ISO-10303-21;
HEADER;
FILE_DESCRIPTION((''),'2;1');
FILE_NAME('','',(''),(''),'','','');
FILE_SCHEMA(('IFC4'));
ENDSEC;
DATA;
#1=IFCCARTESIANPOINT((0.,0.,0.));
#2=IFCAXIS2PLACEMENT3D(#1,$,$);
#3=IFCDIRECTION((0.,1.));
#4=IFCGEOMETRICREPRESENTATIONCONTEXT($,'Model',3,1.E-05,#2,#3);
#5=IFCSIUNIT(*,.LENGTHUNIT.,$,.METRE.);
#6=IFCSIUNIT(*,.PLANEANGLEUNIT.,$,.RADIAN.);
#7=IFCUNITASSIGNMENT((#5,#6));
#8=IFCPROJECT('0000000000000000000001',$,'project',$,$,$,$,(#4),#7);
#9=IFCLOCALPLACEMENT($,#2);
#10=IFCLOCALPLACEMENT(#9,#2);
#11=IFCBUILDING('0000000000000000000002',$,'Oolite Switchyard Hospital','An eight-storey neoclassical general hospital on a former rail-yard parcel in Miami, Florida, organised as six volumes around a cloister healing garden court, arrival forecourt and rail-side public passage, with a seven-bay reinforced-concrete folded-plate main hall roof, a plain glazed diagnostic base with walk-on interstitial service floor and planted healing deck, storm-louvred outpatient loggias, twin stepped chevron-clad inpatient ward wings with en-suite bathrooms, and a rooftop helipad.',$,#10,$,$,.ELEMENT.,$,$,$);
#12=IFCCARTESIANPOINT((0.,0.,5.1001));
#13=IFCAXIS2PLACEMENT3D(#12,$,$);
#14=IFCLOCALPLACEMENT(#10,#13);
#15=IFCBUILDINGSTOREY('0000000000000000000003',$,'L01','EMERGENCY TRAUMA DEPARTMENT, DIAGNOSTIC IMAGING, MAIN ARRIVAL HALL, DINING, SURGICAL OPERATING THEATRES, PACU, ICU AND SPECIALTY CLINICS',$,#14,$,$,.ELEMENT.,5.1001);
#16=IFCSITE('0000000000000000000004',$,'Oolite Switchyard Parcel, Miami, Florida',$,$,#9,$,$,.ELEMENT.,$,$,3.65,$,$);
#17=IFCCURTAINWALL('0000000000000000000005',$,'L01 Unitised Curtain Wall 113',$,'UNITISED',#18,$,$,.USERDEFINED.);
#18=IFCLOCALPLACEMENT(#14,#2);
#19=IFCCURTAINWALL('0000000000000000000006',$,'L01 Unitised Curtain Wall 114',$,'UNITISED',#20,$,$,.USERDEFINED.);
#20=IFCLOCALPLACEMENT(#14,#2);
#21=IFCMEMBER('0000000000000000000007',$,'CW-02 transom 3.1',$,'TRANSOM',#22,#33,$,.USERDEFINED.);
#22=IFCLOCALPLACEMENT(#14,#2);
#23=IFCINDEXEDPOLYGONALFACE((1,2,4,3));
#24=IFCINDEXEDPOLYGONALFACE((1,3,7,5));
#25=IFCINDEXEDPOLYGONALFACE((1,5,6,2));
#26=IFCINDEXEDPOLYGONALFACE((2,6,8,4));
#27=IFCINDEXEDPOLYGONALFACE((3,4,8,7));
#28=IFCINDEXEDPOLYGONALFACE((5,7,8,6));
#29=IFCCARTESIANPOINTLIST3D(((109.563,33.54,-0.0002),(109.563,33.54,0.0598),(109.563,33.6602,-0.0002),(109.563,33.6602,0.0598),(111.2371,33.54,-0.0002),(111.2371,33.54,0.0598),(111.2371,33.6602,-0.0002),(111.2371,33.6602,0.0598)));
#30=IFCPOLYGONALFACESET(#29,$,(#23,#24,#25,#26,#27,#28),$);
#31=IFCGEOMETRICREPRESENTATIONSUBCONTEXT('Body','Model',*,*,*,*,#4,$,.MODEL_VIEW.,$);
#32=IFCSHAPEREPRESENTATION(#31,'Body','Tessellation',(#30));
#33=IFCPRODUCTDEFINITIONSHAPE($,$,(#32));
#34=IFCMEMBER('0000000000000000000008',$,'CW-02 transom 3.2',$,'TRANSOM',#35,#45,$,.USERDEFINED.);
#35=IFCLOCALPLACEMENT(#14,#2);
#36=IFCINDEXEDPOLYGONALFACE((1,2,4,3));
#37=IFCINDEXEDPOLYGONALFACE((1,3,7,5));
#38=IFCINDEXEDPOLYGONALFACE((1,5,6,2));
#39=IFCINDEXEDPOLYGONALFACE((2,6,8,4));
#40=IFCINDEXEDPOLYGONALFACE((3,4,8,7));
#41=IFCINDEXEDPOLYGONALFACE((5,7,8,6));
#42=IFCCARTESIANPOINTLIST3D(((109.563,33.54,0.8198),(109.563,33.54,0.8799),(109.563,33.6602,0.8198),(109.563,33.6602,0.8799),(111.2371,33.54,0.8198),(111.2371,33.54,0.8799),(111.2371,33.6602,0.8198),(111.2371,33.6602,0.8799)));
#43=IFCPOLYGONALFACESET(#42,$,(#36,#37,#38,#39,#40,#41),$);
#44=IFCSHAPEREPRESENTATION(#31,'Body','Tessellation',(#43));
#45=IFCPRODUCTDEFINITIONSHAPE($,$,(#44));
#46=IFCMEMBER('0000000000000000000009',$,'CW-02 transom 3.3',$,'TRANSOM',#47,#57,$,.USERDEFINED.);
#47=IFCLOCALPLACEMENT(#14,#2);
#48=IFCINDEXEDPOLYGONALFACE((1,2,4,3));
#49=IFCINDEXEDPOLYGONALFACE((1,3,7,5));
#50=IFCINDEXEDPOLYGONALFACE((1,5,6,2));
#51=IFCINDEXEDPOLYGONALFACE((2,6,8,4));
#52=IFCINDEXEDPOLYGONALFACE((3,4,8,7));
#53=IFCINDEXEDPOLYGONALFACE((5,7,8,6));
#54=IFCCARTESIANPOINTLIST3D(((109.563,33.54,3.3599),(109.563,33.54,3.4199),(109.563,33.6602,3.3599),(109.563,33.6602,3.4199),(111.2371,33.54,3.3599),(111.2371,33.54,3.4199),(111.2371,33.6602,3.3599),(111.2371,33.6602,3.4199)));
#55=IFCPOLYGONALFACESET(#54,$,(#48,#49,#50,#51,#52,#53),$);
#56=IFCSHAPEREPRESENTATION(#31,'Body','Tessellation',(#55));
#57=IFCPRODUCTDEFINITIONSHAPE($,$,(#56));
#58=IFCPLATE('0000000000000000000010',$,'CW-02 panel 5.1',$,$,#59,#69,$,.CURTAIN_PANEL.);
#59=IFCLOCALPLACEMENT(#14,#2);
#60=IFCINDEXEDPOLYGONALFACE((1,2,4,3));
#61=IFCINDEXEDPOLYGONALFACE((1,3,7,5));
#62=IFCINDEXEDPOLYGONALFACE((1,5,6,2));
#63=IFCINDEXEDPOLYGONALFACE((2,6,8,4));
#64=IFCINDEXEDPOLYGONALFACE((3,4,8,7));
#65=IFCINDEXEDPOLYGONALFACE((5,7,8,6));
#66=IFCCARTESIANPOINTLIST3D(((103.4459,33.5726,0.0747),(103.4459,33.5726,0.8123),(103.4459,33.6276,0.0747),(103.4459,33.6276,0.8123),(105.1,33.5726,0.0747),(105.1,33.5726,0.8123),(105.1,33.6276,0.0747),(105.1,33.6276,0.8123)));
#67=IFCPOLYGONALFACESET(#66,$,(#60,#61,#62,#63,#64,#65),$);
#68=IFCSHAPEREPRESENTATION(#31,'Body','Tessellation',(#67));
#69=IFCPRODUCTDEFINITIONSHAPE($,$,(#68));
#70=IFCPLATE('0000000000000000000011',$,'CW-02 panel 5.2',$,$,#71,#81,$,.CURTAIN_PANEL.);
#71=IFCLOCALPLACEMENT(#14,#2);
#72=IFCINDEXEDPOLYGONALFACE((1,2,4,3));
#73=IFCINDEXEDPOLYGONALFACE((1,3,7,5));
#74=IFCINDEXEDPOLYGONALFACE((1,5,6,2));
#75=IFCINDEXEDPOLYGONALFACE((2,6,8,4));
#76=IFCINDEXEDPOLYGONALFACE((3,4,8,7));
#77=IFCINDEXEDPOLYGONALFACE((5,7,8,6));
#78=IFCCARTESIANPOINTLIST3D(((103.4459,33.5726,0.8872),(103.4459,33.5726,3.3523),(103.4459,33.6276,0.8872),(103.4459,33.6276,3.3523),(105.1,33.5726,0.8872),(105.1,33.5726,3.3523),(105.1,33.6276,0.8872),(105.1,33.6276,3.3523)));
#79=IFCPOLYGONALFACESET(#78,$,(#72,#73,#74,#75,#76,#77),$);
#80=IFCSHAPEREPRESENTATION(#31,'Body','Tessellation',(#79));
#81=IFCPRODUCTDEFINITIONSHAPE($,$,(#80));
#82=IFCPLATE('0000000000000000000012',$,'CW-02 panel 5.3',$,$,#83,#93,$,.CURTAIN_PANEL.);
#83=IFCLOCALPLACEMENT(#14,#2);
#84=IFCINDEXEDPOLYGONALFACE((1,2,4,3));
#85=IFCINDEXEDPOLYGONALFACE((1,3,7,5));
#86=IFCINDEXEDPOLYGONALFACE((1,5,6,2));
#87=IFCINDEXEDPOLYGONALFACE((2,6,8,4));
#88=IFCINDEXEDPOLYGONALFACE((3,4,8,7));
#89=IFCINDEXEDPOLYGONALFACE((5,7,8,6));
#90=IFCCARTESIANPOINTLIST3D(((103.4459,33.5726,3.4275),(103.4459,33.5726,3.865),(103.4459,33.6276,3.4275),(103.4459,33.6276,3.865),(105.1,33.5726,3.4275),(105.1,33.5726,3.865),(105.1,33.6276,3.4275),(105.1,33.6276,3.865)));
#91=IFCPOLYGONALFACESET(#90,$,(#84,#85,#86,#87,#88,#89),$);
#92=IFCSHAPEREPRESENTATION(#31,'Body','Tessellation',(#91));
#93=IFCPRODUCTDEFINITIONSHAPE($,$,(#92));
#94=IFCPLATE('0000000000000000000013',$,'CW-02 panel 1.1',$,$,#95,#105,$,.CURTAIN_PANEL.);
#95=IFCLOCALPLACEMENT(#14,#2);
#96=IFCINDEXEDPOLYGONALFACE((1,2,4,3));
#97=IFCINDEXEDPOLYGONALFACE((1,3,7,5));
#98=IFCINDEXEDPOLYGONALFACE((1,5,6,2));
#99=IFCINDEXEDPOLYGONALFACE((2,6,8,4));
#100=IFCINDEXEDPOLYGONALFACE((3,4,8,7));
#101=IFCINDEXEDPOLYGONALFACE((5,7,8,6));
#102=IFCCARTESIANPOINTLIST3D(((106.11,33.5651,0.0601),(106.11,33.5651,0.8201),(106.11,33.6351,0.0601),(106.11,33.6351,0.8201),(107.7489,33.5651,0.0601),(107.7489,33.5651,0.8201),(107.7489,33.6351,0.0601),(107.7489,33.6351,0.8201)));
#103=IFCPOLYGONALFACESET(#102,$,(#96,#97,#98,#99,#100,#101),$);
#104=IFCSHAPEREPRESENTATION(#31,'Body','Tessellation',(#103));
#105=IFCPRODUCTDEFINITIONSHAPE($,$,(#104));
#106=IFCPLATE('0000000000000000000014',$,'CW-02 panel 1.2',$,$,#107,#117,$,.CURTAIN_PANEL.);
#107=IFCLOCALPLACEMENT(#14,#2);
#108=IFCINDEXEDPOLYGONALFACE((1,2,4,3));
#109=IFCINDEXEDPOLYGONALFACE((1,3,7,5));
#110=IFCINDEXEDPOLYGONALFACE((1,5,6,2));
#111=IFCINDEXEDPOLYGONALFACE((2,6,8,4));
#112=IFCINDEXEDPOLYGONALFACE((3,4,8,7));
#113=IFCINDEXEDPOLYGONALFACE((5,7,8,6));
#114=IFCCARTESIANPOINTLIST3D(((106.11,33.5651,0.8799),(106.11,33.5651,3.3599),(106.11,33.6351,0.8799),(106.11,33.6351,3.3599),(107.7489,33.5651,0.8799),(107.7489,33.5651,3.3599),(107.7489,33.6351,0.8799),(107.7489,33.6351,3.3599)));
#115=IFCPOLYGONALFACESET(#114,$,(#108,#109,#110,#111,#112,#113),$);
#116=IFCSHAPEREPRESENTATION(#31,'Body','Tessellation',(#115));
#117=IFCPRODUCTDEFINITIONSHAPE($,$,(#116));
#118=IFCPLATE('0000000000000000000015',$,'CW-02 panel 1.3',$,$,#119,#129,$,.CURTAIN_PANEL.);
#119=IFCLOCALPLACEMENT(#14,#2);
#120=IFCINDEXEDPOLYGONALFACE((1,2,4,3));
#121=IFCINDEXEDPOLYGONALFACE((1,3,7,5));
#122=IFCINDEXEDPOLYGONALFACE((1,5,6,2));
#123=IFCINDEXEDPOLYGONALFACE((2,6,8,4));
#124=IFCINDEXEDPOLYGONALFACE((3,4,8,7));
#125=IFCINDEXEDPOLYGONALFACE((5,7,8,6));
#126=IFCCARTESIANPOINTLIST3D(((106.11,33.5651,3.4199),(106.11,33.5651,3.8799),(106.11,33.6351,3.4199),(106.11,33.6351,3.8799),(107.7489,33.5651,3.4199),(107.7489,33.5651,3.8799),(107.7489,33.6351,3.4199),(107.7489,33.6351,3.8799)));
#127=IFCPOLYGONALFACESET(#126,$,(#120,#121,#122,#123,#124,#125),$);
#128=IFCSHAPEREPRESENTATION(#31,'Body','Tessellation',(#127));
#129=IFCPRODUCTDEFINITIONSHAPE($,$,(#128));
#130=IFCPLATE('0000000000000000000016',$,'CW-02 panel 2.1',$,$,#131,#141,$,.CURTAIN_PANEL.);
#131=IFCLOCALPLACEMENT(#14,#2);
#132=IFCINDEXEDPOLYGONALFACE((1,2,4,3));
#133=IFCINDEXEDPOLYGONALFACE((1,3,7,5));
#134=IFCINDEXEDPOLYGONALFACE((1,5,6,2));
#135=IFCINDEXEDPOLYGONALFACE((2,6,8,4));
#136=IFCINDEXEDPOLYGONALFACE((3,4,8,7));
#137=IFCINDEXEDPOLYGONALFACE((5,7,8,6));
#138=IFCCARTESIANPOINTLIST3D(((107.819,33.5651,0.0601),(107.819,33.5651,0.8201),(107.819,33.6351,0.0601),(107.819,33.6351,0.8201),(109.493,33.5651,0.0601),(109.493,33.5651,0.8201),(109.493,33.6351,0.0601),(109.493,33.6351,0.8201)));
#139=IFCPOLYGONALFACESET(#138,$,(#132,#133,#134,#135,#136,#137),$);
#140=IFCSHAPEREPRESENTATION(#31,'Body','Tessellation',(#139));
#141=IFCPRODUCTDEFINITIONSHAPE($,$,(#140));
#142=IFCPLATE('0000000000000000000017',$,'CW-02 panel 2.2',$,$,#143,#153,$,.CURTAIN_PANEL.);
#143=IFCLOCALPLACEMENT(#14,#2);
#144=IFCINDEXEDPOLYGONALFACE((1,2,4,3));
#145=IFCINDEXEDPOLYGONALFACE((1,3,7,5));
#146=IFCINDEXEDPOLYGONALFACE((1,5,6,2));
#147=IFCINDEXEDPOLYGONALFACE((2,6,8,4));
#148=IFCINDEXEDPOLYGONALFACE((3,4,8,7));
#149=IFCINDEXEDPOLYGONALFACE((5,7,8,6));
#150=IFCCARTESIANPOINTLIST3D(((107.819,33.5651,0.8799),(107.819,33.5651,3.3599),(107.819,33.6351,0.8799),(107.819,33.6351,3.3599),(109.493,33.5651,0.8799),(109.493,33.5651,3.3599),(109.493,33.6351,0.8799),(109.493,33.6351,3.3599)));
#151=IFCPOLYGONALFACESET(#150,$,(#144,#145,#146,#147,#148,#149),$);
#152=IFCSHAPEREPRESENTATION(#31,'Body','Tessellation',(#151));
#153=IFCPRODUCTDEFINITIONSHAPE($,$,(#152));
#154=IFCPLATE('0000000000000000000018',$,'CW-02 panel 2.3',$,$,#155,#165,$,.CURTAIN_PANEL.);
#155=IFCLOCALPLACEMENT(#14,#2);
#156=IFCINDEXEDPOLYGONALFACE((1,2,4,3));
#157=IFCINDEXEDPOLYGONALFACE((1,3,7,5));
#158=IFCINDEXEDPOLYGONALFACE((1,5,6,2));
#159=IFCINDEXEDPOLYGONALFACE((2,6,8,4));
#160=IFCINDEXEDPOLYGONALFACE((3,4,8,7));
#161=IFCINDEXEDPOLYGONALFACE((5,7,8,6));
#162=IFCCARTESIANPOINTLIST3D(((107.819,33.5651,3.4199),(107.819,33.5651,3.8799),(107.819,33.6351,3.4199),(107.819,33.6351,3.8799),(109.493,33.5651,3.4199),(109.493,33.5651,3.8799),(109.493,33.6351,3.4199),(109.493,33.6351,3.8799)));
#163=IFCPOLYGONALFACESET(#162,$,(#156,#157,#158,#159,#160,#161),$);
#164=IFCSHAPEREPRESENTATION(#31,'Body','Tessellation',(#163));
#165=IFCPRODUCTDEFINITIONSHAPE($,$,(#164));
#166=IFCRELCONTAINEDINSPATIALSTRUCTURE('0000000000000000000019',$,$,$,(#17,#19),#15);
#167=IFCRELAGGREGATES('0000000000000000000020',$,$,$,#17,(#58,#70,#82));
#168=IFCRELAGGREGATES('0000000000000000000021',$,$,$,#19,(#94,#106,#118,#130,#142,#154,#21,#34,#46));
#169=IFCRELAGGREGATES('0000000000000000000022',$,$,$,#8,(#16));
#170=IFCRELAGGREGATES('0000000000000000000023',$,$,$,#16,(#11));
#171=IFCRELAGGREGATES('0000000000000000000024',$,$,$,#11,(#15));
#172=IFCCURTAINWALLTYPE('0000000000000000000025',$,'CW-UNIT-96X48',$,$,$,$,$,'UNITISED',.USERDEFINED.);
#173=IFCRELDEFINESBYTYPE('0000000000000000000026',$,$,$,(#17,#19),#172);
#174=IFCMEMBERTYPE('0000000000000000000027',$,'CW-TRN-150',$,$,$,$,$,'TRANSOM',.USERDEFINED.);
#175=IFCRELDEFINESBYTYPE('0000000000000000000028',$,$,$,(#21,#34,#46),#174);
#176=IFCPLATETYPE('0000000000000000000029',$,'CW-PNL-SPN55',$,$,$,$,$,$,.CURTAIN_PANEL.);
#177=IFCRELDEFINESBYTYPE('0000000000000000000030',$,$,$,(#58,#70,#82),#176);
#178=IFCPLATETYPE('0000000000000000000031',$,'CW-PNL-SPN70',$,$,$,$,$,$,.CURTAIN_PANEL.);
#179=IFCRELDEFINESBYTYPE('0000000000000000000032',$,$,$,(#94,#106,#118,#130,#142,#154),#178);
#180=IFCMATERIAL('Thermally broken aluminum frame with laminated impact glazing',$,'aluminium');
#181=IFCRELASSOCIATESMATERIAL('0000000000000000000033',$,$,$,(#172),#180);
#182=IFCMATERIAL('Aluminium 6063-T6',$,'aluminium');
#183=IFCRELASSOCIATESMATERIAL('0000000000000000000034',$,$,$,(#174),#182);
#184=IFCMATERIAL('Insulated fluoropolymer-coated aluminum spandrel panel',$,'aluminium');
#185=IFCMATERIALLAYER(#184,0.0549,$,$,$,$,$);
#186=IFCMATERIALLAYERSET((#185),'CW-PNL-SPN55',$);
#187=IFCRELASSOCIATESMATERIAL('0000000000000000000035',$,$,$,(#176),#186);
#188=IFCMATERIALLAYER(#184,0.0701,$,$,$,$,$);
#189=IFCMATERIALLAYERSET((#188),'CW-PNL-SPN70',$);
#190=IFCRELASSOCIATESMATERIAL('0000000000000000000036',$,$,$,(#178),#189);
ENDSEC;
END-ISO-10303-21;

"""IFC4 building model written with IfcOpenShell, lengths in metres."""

from ifc_helpers import new_model, si_unit, direction, frame, origin, origin_2d, place, context, subcontext, project, spatial, rectangle, extrude, material, layer, layer_set, material_profile, profile_set, type_object, element, aggregate, save


model = new_model("IFC4")

# Units and contexts
model_context = context("Model", 3, precision=1e-05, world=origin(), true_north=direction((0.0, 1.0)))
body_context = subcontext(model_context, "Body", "Model", "MODEL_VIEW")
ifc_project = project(units=[si_unit("LENGTHUNIT", "METRE"), si_unit("PLANEANGLEUNIT", "RADIAN")], contexts=[model_context])

# Site, building, storey
site_placement = place(None, origin())
site = spatial("IfcSite", under=ifc_project, at=site_placement, Name="Oolite Switchyard Parcel, Miami, Florida", CompositionType="ELEMENT", RefElevation=3.65)
building_placement = place(site_placement, origin())
building = spatial("IfcBuilding", under=site, at=building_placement, Name="Oolite Switchyard Hospital", Description="An eight-storey neoclassical general hospital on a former rail-yard parcel in Miami, Florida, organised as six volumes around a cloister healing garden court, arrival forecourt and rail-side public passage, with a seven-bay reinforced-concrete folded-plate main hall roof, a plain glazed diagnostic base with walk-on interstitial service floor and planted healing deck, storm-louvred outpatient loggias, twin stepped chevron-clad inpatient ward wings with en-suite bathrooms, and a rooftop helipad.", CompositionType="ELEMENT")
storey_placement = place(building_placement, frame((0.0, 0.0, 5.1001)))
storey = spatial("IfcBuildingStorey", under=building, at=storey_placement, Name="L01", Description="EMERGENCY TRAUMA DEPARTMENT, DIAGNOSTIC IMAGING, MAIN ARRIVAL HALL, DINING, SURGICAL OPERATING THEATRES, PACU, ICU AND SPECIALTY CLINICS", CompositionType="ELEMENT", Elevation=5.1001)

# Curtain wall
ifc_material_1 = material(Name="Thermally broken aluminum frame with laminated impact glazing", Category="aluminium")
curtain_wall_type = type_object("IfcCurtainWallType", Name="CW-UNIT-96X48", ElementType="UNITISED", PredefinedType="USERDEFINED", material=ifc_material_1)
curtain_wall_1_placement = place(storey_placement, origin())
curtain_wall_1 = element("IfcCurtainWall", 1, at=curtain_wall_1_placement, inside=storey, type_object=curtain_wall_type, Name="L01 Unitised Curtain Wall 113", ObjectType="UNITISED", PredefinedType="USERDEFINED")
ifc_material_2 = material(Name="Aluminium 6063-T6", Category="aluminium")

# Curtain wall, members
curtain_wall_2_placement = place(storey_placement, origin())
curtain_wall_2 = element("IfcCurtainWall", 2, at=curtain_wall_2_placement, inside=storey, type_object=curtain_wall_type, Name="L01 Unitised Curtain Wall 114", ObjectType="UNITISED", PredefinedType="USERDEFINED")
ifc_material_profile_1 = material_profile(ifc_material_2, rectangle(XDim=0.1201, YDim=0.0601, at=origin_2d()), Name="CWT60X120")
ifc_profile_set_1 = profile_set([ifc_material_profile_1], Name="Aluminium 6063-T6")
member_type_1 = type_object("IfcMemberType", Name="CW-TRN-150", ElementType="TRANSOM", PredefinedType="USERDEFINED", material=ifc_profile_set_1)
member_1_placement = place(storey_placement, frame((109.563, 33.6001, 0.0298), z_axis=(1.0, 0.0, 0.0), x_axis=(0.0, 1.0, 0.0)))
member_1 = element("IfcMember", 3, at=member_1_placement, type_object=member_type_1, Name="CW-02 transom 3.1", ObjectType="TRANSOM", PredefinedType="USERDEFINED", context=body_context, shape_type="SweptSolid", body=[
    extrude(rectangle(XDim=0.1201, YDim=0.0601, at=origin_2d()), origin(), (0.0, 0.0, 1.0), 1.6741),
])
member_2_placement = place(storey_placement, frame((109.563, 33.6001, 0.8499), z_axis=(1.0, 0.0, 0.0), x_axis=(0.0, 1.0, 0.0)))
member_2 = element("IfcMember", 4, at=member_2_placement, type_object=member_type_1, Name="CW-02 transom 3.2", ObjectType="TRANSOM", PredefinedType="USERDEFINED", context=body_context, shape_type="SweptSolid", body=[
    extrude(rectangle(XDim=0.1201, YDim=0.0601, at=origin_2d()), origin(), (0.0, 0.0, 1.0), 1.6741),
])
member_3_placement = place(storey_placement, frame((109.563, 33.6001, 3.3899), z_axis=(1.0, 0.0, 0.0), x_axis=(0.0, 1.0, 0.0)))
member_3 = element("IfcMember", 5, at=member_3_placement, type_object=member_type_1, Name="CW-02 transom 3.3", ObjectType="TRANSOM", PredefinedType="USERDEFINED", context=body_context, shape_type="SweptSolid", body=[
    extrude(rectangle(XDim=0.1201, YDim=0.0601, at=origin_2d()), origin(), (0.0, 0.0, 1.0), 1.6741),
])

# Plates
ifc_material_3 = material(Name="Insulated fluoropolymer-coated aluminum spandrel panel", Category="aluminium")
ifc_layer_1 = layer(ifc_material_3, 0.0549)
ifc_layer_set_1 = layer_set([ifc_layer_1], Name="CW-PNL-SPN55")
plate_type_1 = type_object("IfcPlateType", Name="CW-PNL-SPN55", PredefinedType="CURTAIN_PANEL", material=ifc_layer_set_1)
plate_1_placement = place(storey_placement, frame((104.2729, 33.6001, 0.0747), z_axis=(0.0, 0.0, 1.0), x_axis=(1.0, 0.0, 0.0)))
plate_1 = element("IfcPlate", 6, at=plate_1_placement, type_object=plate_type_1, Name="CW-02 panel 5.1", PredefinedType="CURTAIN_PANEL", context=body_context, shape_type="SweptSolid", body=[
    extrude(rectangle(XDim=1.6541, YDim=0.0549, at=origin_2d()), origin(), (0.0, 0.0, 1.0), 0.7375),
])
plate_2_placement = place(storey_placement, frame((104.2729, 33.6001, 0.8872), z_axis=(0.0, 0.0, 1.0), x_axis=(1.0, 0.0, 0.0)))
plate_2 = element("IfcPlate", 7, at=plate_2_placement, type_object=plate_type_1, Name="CW-02 panel 5.2", PredefinedType="CURTAIN_PANEL", context=body_context, shape_type="SweptSolid", body=[
    extrude(rectangle(XDim=1.6541, YDim=0.0549, at=origin_2d()), origin(), (0.0, 0.0, 1.0), 2.4651),
])
plate_3_placement = place(storey_placement, frame((104.2729, 33.6001, 3.4275), z_axis=(0.0, 0.0, 1.0), x_axis=(1.0, 0.0, 0.0)))
plate_3 = element("IfcPlate", 8, at=plate_3_placement, type_object=plate_type_1, Name="CW-02 panel 5.3", PredefinedType="CURTAIN_PANEL", context=body_context, shape_type="SweptSolid", body=[
    extrude(rectangle(XDim=1.6541, YDim=0.0549, at=origin_2d()), origin(), (0.0, 0.0, 1.0), 0.4375),
])
aggregate(curtain_wall_1, [plate_1, plate_2, plate_3])
ifc_layer_2 = layer(ifc_material_3, 0.0701)
ifc_layer_set_2 = layer_set([ifc_layer_2], Name="CW-PNL-SPN70")
plate_type_2 = type_object("IfcPlateType", Name="CW-PNL-SPN70", PredefinedType="CURTAIN_PANEL", material=ifc_layer_set_2)
plate_4_placement = place(storey_placement, frame((106.9294, 33.6001, 0.0601), z_axis=(0.0, 0.0, 1.0), x_axis=(1.0, 0.0, 0.0)))
plate_4 = element("IfcPlate", 9, at=plate_4_placement, type_object=plate_type_2, Name="CW-02 panel 1.1", PredefinedType="CURTAIN_PANEL", context=body_context, shape_type="SweptSolid", body=[
    extrude(rectangle(XDim=1.6389, YDim=0.0701, at=origin_2d()), origin(), (0.0, 0.0, 1.0), 0.76),
])
plate_5_placement = place(storey_placement, frame((106.9294, 33.6001, 0.8799), z_axis=(0.0, 0.0, 1.0), x_axis=(1.0, 0.0, 0.0)))
plate_5 = element("IfcPlate", 10, at=plate_5_placement, type_object=plate_type_2, Name="CW-02 panel 1.2", PredefinedType="CURTAIN_PANEL", context=body_context, shape_type="SweptSolid", body=[
    extrude(rectangle(XDim=1.6389, YDim=0.0701, at=origin_2d()), origin(), (0.0, 0.0, 1.0), 2.48),
])
plate_6_placement = place(storey_placement, frame((106.9294, 33.6001, 3.4199), z_axis=(0.0, 0.0, 1.0), x_axis=(1.0, 0.0, 0.0)))
plate_6 = element("IfcPlate", 11, at=plate_6_placement, type_object=plate_type_2, Name="CW-02 panel 1.3", PredefinedType="CURTAIN_PANEL", context=body_context, shape_type="SweptSolid", body=[
    extrude(rectangle(XDim=1.6389, YDim=0.0701, at=origin_2d()), origin(), (0.0, 0.0, 1.0), 0.46),
])
plate_7_placement = place(storey_placement, frame((108.656, 33.6001, 0.0601), z_axis=(0.0, 0.0, 1.0), x_axis=(1.0, 0.0, 0.0)))
plate_7 = element("IfcPlate", 12, at=plate_7_placement, type_object=plate_type_2, Name="CW-02 panel 2.1", PredefinedType="CURTAIN_PANEL", context=body_context, shape_type="SweptSolid", body=[
    extrude(rectangle(XDim=1.6741, YDim=0.0701, at=origin_2d()), origin(), (0.0, 0.0, 1.0), 0.76),
])
plate_8_placement = place(storey_placement, frame((108.656, 33.6001, 0.8799), z_axis=(0.0, 0.0, 1.0), x_axis=(1.0, 0.0, 0.0)))
plate_8 = element("IfcPlate", 13, at=plate_8_placement, type_object=plate_type_2, Name="CW-02 panel 2.2", PredefinedType="CURTAIN_PANEL", context=body_context, shape_type="SweptSolid", body=[
    extrude(rectangle(XDim=1.6741, YDim=0.0701, at=origin_2d()), origin(), (0.0, 0.0, 1.0), 2.48),
])
plate_9_placement = place(storey_placement, frame((108.656, 33.6001, 3.4199), z_axis=(0.0, 0.0, 1.0), x_axis=(1.0, 0.0, 0.0)))
plate_9 = element("IfcPlate", 14, at=plate_9_placement, type_object=plate_type_2, Name="CW-02 panel 2.3", PredefinedType="CURTAIN_PANEL", context=body_context, shape_type="SweptSolid", body=[
    extrude(rectangle(XDim=1.6741, YDim=0.0701, at=origin_2d()), origin(), (0.0, 0.0, 1.0), 0.46),
])
aggregate(curtain_wall_2, [plate_4, plate_5, plate_6, plate_7, plate_8, plate_9, member_1, member_2, member_3])

save(model, "model.ifc")
